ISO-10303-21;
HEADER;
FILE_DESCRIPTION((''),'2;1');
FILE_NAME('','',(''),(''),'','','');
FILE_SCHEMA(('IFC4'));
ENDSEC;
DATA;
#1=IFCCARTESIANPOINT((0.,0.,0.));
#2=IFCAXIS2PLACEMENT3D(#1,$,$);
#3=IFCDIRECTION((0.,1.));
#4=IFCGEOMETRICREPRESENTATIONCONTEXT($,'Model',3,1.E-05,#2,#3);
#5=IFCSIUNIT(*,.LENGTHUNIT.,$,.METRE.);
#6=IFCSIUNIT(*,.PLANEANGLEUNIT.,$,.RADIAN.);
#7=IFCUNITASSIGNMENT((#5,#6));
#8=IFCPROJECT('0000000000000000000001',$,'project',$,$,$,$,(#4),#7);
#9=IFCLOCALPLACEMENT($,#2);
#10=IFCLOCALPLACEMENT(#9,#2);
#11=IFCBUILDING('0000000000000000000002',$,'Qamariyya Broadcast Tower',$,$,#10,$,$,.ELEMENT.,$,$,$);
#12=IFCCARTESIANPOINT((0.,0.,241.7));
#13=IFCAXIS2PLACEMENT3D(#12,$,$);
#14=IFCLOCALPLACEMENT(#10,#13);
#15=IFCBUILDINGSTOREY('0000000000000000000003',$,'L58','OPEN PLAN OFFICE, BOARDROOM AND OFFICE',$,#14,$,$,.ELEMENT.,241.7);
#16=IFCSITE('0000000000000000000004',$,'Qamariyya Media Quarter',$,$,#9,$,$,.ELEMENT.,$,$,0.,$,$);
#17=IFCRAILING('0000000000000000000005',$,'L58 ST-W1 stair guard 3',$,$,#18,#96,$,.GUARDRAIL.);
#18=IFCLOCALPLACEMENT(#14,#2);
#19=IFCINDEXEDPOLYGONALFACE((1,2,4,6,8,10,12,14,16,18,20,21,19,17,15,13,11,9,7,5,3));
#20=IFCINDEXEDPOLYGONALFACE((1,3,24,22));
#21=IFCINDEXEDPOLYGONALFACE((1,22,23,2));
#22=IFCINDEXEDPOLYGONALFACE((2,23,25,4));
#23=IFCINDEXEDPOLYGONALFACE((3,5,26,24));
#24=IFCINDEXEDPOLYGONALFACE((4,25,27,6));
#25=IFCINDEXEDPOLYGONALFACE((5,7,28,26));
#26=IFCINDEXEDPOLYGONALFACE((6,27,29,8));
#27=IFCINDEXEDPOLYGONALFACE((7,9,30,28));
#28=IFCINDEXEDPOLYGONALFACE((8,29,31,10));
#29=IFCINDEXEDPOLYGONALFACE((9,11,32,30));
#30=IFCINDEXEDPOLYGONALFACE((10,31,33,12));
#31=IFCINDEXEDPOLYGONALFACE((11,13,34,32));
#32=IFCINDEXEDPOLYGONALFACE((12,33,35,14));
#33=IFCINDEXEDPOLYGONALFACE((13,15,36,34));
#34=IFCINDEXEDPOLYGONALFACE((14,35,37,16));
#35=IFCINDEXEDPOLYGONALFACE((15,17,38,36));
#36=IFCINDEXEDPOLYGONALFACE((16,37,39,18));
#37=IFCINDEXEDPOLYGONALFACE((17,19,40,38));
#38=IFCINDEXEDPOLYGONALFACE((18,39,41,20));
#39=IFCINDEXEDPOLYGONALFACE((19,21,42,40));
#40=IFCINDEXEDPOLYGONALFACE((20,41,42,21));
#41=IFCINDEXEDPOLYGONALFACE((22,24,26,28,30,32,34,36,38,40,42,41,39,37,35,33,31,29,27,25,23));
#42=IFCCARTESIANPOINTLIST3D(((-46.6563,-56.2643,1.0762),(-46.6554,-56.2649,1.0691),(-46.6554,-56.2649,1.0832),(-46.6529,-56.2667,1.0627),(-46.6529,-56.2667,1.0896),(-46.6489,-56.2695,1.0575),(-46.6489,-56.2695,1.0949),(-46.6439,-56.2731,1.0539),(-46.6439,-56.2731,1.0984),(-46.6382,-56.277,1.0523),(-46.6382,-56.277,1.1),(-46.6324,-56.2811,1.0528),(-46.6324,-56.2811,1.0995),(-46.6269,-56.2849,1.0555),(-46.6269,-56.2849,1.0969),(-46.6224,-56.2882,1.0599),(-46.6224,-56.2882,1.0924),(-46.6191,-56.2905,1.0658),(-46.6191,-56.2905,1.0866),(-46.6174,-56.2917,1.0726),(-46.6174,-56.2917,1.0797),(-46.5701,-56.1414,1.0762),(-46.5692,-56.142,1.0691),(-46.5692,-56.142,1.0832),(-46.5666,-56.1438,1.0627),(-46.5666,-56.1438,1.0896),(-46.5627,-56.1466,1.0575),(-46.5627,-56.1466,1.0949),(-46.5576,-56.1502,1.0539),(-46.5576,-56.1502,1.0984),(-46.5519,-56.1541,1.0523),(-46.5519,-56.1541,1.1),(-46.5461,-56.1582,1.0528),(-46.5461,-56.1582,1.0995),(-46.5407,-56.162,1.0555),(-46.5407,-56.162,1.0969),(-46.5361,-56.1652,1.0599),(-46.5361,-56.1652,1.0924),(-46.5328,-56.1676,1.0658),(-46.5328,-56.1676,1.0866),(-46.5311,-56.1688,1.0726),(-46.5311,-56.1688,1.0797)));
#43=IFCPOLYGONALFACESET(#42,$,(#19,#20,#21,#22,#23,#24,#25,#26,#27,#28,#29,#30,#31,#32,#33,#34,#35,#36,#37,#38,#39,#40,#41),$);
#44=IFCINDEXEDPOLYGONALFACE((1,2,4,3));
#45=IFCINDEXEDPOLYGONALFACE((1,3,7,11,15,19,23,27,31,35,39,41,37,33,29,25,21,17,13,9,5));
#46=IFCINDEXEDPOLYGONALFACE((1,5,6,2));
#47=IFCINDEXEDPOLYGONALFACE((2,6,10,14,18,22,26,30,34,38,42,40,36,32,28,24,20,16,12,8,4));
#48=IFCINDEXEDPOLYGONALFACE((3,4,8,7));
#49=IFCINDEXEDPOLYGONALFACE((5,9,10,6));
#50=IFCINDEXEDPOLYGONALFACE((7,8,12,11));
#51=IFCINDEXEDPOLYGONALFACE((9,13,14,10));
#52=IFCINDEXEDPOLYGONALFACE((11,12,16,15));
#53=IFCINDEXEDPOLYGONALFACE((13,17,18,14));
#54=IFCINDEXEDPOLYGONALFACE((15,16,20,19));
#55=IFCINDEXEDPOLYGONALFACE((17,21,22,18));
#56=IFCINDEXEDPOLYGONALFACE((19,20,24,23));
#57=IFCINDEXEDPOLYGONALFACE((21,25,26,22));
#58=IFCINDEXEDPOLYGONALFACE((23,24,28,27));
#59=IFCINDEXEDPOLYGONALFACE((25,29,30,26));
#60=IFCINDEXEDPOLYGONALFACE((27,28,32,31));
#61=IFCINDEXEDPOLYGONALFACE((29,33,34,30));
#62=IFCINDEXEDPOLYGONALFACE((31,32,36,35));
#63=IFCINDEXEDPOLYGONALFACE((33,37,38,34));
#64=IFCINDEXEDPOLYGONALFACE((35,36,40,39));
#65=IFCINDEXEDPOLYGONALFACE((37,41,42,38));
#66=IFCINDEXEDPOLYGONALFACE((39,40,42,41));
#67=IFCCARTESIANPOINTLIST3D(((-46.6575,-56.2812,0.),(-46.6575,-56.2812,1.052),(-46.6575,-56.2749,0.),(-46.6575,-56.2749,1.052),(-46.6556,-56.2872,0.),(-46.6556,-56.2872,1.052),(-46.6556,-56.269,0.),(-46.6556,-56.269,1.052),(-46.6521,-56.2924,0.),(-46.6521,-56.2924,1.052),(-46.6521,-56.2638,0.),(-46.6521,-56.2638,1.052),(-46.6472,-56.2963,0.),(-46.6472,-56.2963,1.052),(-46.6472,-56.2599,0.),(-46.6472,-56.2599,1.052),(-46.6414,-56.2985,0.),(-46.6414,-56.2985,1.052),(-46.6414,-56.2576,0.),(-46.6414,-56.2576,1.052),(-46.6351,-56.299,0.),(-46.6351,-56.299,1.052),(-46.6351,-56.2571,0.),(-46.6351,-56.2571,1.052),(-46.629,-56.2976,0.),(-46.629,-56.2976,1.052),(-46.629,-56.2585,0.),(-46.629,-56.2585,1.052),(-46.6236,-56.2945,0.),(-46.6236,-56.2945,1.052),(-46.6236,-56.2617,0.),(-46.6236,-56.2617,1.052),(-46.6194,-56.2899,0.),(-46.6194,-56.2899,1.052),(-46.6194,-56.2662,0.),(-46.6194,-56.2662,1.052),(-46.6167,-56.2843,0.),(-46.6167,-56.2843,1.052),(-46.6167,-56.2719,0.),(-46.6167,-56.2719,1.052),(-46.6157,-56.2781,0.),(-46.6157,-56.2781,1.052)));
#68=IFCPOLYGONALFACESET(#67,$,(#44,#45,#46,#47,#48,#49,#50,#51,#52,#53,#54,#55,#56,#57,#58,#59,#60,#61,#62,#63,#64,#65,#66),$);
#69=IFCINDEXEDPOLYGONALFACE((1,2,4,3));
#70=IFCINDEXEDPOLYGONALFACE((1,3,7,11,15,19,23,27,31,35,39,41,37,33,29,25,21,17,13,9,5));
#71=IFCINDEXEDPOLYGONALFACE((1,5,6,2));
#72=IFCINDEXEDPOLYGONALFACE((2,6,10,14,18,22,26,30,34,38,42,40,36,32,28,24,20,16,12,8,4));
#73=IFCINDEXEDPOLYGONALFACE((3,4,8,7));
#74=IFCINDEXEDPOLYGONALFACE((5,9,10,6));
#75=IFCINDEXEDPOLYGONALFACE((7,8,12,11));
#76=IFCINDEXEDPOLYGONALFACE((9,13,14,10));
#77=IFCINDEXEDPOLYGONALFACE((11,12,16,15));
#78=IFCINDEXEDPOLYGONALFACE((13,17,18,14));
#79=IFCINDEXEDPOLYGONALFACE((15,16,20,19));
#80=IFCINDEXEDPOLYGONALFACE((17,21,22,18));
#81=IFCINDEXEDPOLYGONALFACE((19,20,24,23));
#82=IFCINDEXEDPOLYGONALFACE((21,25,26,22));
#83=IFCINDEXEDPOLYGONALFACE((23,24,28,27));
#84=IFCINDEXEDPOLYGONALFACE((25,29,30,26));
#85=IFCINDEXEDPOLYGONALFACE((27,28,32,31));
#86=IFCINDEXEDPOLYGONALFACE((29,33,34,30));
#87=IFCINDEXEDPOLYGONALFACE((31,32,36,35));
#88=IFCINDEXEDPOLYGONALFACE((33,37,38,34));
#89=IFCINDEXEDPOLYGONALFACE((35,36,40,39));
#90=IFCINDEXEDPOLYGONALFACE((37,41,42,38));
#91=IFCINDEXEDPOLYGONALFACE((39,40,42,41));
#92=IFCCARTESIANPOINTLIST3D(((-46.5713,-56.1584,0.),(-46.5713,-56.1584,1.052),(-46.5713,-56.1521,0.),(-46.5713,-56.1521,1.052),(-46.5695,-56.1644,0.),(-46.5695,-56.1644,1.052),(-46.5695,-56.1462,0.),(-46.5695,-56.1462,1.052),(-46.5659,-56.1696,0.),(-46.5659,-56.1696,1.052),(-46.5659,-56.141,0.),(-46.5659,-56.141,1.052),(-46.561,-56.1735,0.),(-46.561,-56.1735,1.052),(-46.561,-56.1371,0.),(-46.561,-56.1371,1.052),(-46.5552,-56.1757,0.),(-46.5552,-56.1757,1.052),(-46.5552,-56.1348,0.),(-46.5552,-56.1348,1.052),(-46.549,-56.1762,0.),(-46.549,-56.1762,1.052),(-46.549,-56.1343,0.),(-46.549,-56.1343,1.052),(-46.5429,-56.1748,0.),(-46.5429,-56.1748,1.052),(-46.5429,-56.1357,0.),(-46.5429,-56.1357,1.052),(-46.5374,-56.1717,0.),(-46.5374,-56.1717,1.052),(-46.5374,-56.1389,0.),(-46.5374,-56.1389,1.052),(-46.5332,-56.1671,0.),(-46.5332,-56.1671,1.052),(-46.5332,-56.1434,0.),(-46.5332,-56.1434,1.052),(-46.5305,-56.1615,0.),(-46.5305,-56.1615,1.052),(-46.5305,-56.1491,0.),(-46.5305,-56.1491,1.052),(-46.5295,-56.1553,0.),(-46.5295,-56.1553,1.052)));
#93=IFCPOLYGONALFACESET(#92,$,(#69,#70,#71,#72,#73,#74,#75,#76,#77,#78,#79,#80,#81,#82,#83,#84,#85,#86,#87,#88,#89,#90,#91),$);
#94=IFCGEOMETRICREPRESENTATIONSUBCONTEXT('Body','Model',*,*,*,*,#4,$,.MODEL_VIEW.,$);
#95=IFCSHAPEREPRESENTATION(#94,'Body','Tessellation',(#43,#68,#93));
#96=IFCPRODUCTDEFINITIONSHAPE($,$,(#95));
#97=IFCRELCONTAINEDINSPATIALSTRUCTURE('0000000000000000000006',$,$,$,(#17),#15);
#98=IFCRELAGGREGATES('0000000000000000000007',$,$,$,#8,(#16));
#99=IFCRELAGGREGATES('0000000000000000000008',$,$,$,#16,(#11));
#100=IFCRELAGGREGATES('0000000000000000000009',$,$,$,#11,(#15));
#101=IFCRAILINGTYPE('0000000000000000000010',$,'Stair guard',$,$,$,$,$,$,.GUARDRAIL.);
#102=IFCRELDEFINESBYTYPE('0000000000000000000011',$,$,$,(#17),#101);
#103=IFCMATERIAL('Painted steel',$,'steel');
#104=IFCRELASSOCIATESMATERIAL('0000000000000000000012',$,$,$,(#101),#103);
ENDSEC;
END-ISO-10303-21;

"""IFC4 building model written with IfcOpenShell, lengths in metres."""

from ifc_helpers import new_model, si_unit, direction, frame, origin, origin_2d, place, context, subcontext, project, spatial, circle, extrude, material, type_object, element, save


model = new_model("IFC4")

# Units and contexts
model_context = context("Model", 3, precision=1e-05, world=origin(), true_north=direction((0.0, 1.0)))
body_context = subcontext(model_context, "Body", "Model", "MODEL_VIEW")
ifc_project = project(units=[si_unit("LENGTHUNIT", "METRE"), si_unit("PLANEANGLEUNIT", "RADIAN")], contexts=[model_context])

# Site, building, storey
site_placement = place(None, origin())
site = spatial("IfcSite", under=ifc_project, at=site_placement, Name="Qamariyya Media Quarter", CompositionType="ELEMENT", RefElevation=0.0)
building_placement = place(site_placement, origin())
building = spatial("IfcBuilding", under=site, at=building_placement, Name="Qamariyya Broadcast Tower", CompositionType="ELEMENT")
storey_placement = place(building_placement, frame((0.0, 0.0, 241.7)))
storey = spatial("IfcBuildingStorey", under=building, at=storey_placement, Name="L58", Description="OPEN PLAN OFFICE, BOARDROOM AND OFFICE", CompositionType="ELEMENT", Elevation=241.7)

# Railing
ifc_material_1 = material(Name="Painted steel", Category="steel")
railing_type_1 = type_object("IfcRailingType", Name="Stair guard", PredefinedType="GUARDRAIL", material=ifc_material_1)
railing_1_placement = place(storey_placement, frame((-46.6367, -56.2781, 0.0)))
element("IfcRailing", 1, at=railing_1_placement, inside=storey, type_object=railing_type_1, Name="L58 ST-W1 stair guard 3", PredefinedType="GUARDRAIL", context=body_context, shape_type="SweptSolid", body=[
    extrude(circle(Radius=0.0239, at=origin_2d()), frame((0.0, 0.0, 1.0762), z_axis=(0.574445, 0.818543, 0.0), x_axis=(-0.818543, 0.574445, 0.0)), (0.0, 0.0, 1.0), 0.1501),
    extrude(circle(Radius=0.021, at=origin_2d()), origin(), (0.0, 0.0, 1.0), 1.052),
    extrude(circle(Radius=0.021, at=origin_2d()), frame((0.0862, 0.1228, 0.0)), (0.0, 0.0, 1.0), 1.052),
])

save(model, "model.ifc")
